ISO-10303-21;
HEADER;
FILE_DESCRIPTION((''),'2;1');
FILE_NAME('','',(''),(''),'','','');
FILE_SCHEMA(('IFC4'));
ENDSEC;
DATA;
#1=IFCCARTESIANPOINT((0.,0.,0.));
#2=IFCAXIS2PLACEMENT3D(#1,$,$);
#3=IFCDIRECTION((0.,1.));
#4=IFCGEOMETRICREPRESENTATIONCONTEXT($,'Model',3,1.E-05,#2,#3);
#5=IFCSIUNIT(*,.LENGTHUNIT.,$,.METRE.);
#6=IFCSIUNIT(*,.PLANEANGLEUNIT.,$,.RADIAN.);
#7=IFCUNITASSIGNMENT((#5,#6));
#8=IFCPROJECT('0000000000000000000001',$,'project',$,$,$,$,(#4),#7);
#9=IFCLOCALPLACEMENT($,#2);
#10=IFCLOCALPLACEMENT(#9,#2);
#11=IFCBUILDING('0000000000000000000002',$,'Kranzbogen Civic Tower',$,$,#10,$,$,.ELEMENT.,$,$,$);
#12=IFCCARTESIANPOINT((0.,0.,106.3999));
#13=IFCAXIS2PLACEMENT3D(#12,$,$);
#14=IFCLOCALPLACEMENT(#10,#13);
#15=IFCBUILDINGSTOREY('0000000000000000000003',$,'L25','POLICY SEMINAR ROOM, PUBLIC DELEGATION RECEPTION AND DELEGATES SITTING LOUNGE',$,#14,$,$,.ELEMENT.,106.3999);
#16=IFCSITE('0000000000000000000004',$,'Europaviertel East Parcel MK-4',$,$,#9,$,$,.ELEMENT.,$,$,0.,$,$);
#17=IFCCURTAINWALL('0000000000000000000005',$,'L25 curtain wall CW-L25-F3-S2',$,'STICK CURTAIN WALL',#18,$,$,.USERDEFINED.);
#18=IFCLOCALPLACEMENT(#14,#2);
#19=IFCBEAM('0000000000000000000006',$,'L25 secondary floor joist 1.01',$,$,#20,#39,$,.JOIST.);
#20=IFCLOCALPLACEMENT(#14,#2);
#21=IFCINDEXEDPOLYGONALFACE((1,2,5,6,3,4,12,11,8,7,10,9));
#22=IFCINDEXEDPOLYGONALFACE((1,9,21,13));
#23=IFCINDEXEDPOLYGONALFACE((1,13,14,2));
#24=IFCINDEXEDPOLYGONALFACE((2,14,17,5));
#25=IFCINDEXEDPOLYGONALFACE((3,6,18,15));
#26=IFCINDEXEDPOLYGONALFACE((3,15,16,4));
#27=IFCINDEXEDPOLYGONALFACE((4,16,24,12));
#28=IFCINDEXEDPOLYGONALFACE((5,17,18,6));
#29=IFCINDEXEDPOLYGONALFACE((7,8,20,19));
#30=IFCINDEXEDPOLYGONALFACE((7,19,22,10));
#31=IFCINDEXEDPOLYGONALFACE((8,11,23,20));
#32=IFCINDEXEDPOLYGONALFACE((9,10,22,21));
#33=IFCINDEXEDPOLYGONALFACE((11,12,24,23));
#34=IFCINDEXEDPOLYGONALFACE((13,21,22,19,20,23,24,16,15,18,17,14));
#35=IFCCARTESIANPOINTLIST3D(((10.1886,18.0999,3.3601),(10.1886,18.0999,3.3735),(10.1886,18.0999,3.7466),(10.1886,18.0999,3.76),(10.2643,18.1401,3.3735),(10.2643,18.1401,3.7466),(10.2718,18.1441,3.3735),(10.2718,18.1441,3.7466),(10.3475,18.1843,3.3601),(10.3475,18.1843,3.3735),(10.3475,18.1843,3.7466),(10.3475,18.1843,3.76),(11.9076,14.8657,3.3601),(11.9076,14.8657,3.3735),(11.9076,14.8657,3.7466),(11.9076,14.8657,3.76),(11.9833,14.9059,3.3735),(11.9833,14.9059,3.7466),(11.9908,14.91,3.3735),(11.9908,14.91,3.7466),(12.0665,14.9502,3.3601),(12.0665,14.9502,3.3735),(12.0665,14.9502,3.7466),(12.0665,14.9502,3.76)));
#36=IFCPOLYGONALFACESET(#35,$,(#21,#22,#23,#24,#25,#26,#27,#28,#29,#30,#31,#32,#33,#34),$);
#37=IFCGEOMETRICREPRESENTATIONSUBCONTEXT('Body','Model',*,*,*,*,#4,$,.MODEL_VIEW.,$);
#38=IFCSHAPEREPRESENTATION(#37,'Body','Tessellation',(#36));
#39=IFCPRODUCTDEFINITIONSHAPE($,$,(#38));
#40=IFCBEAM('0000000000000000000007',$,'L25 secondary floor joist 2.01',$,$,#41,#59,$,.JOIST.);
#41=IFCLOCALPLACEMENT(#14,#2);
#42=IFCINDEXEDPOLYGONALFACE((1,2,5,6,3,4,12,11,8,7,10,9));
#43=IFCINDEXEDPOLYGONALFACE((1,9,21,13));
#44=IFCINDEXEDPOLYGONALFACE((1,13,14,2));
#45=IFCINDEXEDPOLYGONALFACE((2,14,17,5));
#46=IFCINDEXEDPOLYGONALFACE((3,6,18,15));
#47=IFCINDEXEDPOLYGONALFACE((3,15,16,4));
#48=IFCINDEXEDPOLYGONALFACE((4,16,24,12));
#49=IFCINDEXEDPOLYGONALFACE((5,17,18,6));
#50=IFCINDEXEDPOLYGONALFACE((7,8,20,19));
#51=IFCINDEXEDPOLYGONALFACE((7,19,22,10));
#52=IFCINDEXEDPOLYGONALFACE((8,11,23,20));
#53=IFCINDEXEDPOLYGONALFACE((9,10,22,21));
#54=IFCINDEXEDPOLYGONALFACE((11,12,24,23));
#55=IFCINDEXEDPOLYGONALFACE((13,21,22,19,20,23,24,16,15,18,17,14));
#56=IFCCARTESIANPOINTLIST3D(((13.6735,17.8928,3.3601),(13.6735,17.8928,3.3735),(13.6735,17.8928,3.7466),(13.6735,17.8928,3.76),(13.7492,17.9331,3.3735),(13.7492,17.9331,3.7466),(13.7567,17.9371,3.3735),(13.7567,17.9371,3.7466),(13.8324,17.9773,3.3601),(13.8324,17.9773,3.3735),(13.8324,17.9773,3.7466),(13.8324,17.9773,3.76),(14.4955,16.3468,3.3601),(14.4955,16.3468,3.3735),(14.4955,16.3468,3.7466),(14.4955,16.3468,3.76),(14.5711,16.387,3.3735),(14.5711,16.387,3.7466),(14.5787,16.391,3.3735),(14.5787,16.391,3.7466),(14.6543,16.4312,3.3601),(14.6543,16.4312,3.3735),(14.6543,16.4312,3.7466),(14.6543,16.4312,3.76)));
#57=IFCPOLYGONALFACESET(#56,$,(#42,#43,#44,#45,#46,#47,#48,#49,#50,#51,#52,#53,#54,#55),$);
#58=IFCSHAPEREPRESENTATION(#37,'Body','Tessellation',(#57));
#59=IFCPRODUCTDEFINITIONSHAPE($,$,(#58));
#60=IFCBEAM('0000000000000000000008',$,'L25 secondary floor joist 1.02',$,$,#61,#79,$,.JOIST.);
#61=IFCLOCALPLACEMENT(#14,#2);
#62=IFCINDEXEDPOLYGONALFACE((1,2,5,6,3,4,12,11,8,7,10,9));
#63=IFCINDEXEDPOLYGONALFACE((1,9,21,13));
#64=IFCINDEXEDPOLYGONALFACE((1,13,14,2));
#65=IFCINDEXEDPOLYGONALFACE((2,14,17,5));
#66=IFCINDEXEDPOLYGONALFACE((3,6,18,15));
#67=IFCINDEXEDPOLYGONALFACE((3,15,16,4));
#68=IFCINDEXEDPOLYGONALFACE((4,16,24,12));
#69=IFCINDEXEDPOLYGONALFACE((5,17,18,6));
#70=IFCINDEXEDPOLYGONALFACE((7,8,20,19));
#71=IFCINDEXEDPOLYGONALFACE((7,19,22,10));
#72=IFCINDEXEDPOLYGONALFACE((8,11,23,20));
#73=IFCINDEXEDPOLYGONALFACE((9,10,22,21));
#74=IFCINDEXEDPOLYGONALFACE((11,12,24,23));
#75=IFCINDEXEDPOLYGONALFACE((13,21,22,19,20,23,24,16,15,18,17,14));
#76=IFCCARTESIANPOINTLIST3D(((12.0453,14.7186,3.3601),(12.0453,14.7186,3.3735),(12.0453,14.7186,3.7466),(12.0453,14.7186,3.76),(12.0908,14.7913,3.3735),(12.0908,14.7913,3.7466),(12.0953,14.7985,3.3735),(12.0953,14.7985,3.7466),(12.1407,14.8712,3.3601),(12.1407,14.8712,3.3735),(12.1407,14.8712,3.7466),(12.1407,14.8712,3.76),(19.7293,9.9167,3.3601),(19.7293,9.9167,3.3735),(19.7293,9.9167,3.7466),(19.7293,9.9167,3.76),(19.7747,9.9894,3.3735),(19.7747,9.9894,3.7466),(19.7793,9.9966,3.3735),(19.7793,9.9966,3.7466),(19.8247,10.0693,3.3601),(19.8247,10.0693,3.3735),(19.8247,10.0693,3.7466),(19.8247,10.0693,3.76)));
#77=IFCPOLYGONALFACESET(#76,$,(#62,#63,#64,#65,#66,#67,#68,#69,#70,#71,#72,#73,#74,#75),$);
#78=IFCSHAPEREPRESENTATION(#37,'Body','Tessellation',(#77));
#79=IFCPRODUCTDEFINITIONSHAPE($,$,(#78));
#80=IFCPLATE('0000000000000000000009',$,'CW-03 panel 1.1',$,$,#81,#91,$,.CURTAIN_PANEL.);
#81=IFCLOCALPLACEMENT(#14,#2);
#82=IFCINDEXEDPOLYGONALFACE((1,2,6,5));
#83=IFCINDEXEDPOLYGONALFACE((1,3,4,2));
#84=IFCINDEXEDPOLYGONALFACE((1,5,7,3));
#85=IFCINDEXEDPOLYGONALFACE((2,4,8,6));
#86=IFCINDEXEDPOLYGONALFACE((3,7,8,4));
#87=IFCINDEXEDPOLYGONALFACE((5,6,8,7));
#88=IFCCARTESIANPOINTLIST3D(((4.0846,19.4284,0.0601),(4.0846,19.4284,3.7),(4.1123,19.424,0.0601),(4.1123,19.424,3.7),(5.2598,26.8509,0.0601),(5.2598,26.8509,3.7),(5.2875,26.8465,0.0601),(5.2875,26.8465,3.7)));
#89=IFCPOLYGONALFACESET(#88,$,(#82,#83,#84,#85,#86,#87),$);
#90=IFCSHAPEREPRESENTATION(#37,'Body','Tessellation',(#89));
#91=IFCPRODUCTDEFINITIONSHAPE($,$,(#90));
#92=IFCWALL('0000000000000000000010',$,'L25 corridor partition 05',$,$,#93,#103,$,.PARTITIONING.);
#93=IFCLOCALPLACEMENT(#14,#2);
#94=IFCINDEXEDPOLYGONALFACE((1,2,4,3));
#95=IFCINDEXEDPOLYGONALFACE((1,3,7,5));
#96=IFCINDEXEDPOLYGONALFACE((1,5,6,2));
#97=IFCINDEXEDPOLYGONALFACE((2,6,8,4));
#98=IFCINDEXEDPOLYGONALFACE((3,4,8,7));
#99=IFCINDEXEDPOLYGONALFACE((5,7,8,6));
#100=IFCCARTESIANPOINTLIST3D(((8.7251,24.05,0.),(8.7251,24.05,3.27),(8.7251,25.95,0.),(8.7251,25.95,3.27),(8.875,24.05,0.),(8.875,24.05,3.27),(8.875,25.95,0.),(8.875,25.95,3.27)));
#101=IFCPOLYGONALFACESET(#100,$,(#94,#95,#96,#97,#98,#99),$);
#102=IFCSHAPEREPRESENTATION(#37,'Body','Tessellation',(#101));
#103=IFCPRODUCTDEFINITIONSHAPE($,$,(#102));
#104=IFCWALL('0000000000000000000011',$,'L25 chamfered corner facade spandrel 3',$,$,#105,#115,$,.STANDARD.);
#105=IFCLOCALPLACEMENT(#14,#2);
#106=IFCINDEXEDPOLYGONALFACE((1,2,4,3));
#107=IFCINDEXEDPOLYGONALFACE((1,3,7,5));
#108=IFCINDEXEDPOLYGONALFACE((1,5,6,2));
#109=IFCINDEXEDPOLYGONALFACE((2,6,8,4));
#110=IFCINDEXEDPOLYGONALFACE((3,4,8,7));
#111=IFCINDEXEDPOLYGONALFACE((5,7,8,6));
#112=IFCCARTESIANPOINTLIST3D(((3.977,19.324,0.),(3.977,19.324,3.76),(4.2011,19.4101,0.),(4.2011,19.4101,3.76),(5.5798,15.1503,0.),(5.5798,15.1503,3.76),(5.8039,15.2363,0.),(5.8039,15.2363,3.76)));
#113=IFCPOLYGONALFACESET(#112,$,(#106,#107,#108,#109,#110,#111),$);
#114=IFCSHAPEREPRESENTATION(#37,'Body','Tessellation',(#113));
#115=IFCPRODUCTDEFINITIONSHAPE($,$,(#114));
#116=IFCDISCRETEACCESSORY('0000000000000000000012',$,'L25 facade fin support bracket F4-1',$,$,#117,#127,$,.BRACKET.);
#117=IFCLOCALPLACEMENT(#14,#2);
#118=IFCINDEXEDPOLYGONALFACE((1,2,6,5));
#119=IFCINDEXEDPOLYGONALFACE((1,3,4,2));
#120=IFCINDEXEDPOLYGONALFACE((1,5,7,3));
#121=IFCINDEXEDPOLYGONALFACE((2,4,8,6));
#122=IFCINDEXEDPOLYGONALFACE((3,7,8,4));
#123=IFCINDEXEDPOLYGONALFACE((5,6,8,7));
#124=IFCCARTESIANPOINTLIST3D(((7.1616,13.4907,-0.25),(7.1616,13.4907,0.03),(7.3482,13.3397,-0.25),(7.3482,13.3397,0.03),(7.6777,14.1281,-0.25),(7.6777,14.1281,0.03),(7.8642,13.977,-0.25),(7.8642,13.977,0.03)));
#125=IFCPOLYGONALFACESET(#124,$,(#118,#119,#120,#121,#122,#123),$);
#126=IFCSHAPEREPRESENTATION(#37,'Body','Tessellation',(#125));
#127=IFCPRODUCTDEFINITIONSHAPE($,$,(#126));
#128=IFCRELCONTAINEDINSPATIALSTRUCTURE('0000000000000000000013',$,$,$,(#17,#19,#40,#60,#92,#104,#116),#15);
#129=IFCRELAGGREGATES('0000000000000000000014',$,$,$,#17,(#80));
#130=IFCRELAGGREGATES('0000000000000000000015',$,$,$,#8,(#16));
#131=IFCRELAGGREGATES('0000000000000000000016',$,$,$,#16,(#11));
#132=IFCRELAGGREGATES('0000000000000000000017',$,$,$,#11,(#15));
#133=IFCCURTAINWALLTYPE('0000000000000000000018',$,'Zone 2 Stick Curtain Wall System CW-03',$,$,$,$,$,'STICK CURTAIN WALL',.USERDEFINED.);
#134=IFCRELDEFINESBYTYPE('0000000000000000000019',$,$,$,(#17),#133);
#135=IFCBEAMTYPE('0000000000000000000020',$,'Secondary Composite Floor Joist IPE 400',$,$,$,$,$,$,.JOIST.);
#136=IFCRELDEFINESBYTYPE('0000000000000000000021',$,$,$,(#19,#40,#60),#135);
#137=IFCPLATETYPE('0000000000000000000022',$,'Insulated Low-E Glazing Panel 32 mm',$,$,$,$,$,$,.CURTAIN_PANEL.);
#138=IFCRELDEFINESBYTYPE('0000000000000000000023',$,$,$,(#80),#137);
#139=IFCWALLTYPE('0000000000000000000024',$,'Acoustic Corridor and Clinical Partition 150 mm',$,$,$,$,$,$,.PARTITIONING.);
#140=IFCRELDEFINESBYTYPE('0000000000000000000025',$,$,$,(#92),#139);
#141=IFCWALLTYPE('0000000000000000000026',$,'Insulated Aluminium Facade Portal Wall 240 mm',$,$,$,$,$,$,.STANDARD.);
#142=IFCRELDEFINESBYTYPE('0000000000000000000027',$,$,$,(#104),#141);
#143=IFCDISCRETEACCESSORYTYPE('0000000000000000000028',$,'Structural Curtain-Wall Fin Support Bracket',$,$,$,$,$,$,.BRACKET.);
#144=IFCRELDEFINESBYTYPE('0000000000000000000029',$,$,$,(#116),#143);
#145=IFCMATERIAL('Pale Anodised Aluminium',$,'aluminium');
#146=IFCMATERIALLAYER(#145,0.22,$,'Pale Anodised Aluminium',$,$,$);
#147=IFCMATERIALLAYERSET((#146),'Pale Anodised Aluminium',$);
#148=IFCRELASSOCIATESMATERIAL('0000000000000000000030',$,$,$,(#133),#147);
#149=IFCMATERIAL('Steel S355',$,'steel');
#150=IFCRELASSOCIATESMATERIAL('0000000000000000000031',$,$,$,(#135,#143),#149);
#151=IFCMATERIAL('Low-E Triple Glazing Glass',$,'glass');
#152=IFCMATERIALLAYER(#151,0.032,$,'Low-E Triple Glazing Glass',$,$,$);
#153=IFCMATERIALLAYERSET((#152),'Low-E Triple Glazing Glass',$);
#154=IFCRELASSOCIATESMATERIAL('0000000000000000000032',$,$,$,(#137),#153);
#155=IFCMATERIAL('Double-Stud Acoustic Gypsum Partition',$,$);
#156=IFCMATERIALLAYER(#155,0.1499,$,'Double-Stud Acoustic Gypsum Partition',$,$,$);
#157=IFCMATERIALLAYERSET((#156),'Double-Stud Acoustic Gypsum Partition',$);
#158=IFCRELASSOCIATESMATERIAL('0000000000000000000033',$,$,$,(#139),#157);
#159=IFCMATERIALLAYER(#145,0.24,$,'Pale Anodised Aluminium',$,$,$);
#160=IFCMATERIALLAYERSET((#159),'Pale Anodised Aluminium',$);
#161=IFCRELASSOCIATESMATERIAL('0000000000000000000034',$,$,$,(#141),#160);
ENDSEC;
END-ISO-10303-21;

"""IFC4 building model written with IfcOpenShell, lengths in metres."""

from ifc_helpers import new_model, si_unit, direction, frame, frame_2d, origin, origin_2d, place, context, subcontext, project, spatial, rectangle, i_section, extrude, material, layer, layer_set, material_profile, profile_set, type_object, element, aggregate, save


model = new_model("IFC4")

# Units and contexts
model_context = context("Model", 3, precision=1e-05, world=origin(), true_north=direction((0.0, 1.0)))
body_context = subcontext(model_context, "Body", "Model", "MODEL_VIEW")
ifc_project = project(units=[si_unit("LENGTHUNIT", "METRE"), si_unit("PLANEANGLEUNIT", "RADIAN")], contexts=[model_context])

# Site, building, storey
site_placement = place(None, origin())
site = spatial("IfcSite", under=ifc_project, at=site_placement, Name="Europaviertel East Parcel MK-4", CompositionType="ELEMENT", RefElevation=0.0)
building_placement = place(site_placement, origin())
building = spatial("IfcBuilding", under=site, at=building_placement, Name="Kranzbogen Civic Tower", CompositionType="ELEMENT")
storey_placement = place(building_placement, frame((0.0, 0.0, 106.3999)))
storey = spatial("IfcBuildingStorey", under=building, at=storey_placement, Name="L25", Description="POLICY SEMINAR ROOM, PUBLIC DELEGATION RECEPTION AND DELEGATES SITTING LOUNGE", CompositionType="ELEMENT", Elevation=106.3999)

# Curtain wall
ifc_material_1 = material(Name="Pale Anodised Aluminium", Category="aluminium")
ifc_layer_1 = layer(ifc_material_1, 0.22, Name="Pale Anodised Aluminium")
ifc_layer_set_1 = layer_set([ifc_layer_1], Name="Pale Anodised Aluminium")
curtain_wall_type = type_object("IfcCurtainWallType", Name="Zone 2 Stick Curtain Wall System CW-03", ElementType="STICK CURTAIN WALL", PredefinedType="USERDEFINED", material=ifc_layer_set_1)
curtain_wall_1_placement = place(storey_placement, origin())
curtain_wall_1 = element("IfcCurtainWall", 1, at=curtain_wall_1_placement, inside=storey, type_object=curtain_wall_type, Name="L25 curtain wall CW-L25-F3-S2", ObjectType="STICK CURTAIN WALL", PredefinedType="USERDEFINED")

# Beams
ifc_material_2 = material(Name="Steel S355", Category="steel")
ifc_material_profile_1 = material_profile(ifc_material_2, i_section(OverallWidth=0.1799, OverallDepth=0.3999, WebThickness=0.0085, FlangeThickness=0.0134, at=origin_2d()), Name="IPE 400")
ifc_profile_set_1 = profile_set([ifc_material_profile_1], Name="Steel S355")
beam_type_1 = type_object("IfcBeamType", Name="Secondary Composite Floor Joist IPE 400", PredefinedType="JOIST", material=ifc_profile_set_1)
beam_1_placement = place(storey_placement, frame((10.2681, 18.1421, 3.5601), z_axis=(0.469339, -0.883018, 0.0), x_axis=(0.883018, 0.469339, 0.0)))
element("IfcBeam", 2, at=beam_1_placement, inside=storey, type_object=beam_type_1, Name="L25 secondary floor joist 1.01", PredefinedType="JOIST", context=body_context, shape_type="SweptSolid", body=[
    extrude(i_section(OverallWidth=0.1799, OverallDepth=0.3999, WebThickness=0.0085, FlangeThickness=0.0134, at=origin_2d()), origin(), (0.0, 0.0, 1.0), 3.6626),
])
beam_2_placement = place(storey_placement, frame((13.7529, 17.9351, 3.5601), z_axis=(0.469437, -0.882966, 0.0), x_axis=(0.882966, 0.469437, 0.0)))
element("IfcBeam", 3, at=beam_2_placement, inside=storey, type_object=beam_type_1, Name="L25 secondary floor joist 2.01", PredefinedType="JOIST", context=body_context, shape_type="SweptSolid", body=[
    extrude(i_section(OverallWidth=0.1799, OverallDepth=0.3999, WebThickness=0.0085, FlangeThickness=0.0134, at=origin_2d()), origin(), (0.0, 0.0, 1.0), 1.751),
])
beam_3_placement = place(storey_placement, frame((12.093, 14.7949, 3.5601), z_axis=(0.848026, -0.529955, 0.0), x_axis=(0.529955, 0.848026, 0.0)))
element("IfcBeam", 4, at=beam_3_placement, inside=storey, type_object=beam_type_1, Name="L25 secondary floor joist 1.02", PredefinedType="JOIST", context=body_context, shape_type="SweptSolid", body=[
    extrude(i_section(OverallWidth=0.1799, OverallDepth=0.3999, WebThickness=0.0085, FlangeThickness=0.0134, at=origin_2d()), origin(), (0.0, 0.0, 1.0), 9.061),
])

# Plate
ifc_material_3 = material(Name="Low-E Triple Glazing Glass", Category="glass")
ifc_layer_2 = layer(ifc_material_3, 0.032, Name="Low-E Triple Glazing Glass")
ifc_layer_set_2 = layer_set([ifc_layer_2], Name="Low-E Triple Glazing Glass")
plate_type = type_object("IfcPlateType", Name="Insulated Low-E Glazing Panel 32 mm", PredefinedType="CURTAIN_PANEL", material=ifc_layer_set_2)
plate_placement = place(storey_placement, frame((4.686, 23.1375, 0.0601), z_axis=(0.0, 0.0, 1.0), x_axis=(-0.156386, -0.987696, 0.0)))
plate = element("IfcPlate", 5, at=plate_placement, type_object=plate_type, Name="CW-03 panel 1.1", PredefinedType="CURTAIN_PANEL", context=body_context, shape_type="SweptSolid", body=[
    extrude(rectangle(XDim=7.5149, YDim=0.0281, at=origin_2d()), origin(), (0.0, 0.0, 1.0), 3.6399),
])
aggregate(curtain_wall_1, [plate])

# Walls
ifc_material_4 = material(Name="Double-Stud Acoustic Gypsum Partition")
ifc_layer_3 = layer(ifc_material_4, 0.1499, Name="Double-Stud Acoustic Gypsum Partition")
ifc_layer_set_3 = layer_set([ifc_layer_3], Name="Double-Stud Acoustic Gypsum Partition")
wall_type_1 = type_object("IfcWallType", Name="Acoustic Corridor and Clinical Partition 150 mm", PredefinedType="PARTITIONING", material=ifc_layer_set_3)
wall_1_placement = place(storey_placement, frame((8.8, 24.05, 0.0), z_axis=(0.0, 0.0, 1.0), x_axis=(0.0, 1.0, 0.0)))
element("IfcWall", 6, at=wall_1_placement, inside=storey, type_object=wall_type_1, Name="L25 corridor partition 05", PredefinedType="PARTITIONING", context=body_context, shape_type="SweptSolid", body=[
    extrude(rectangle(XDim=1.8999, YDim=0.1499, at=frame_2d((0.95, 0.0))), origin(), (0.0, 0.0, 1.0), 3.27),
])
ifc_layer_4 = layer(ifc_material_1, 0.24, Name="Pale Anodised Aluminium")
ifc_layer_set_4 = layer_set([ifc_layer_4], Name="Pale Anodised Aluminium")
wall_type_2 = type_object("IfcWallType", Name="Insulated Aluminium Facade Portal Wall 240 mm", PredefinedType="STANDARD", material=ifc_layer_set_4)
wall_2_placement = place(storey_placement, frame((4.0891, 19.3669, 0.0), z_axis=(0.0, 0.0, 1.0), x_axis=(0.358485, -0.933535, 0.0)))
element("IfcWall", 7, at=wall_2_placement, inside=storey, type_object=wall_type_2, Name="L25 chamfered corner facade spandrel 3", PredefinedType="STANDARD", context=body_context, shape_type="SweptSolid", body=[
    extrude(rectangle(XDim=4.4709, YDim=0.24, at=frame_2d((2.2354, 0.0))), origin(), (0.0, 0.0, 1.0), 3.76),
])

# Discrete accessory
discrete_accessory_type = type_object("IfcDiscreteAccessoryType", Name="Structural Curtain-Wall Fin Support Bracket", PredefinedType="BRACKET", material=ifc_material_2)
discrete_accessory_placement = place(storey_placement, frame((7.5129, 13.7339, -0.25), z_axis=(0.0, 0.0, 1.0), x_axis=(-0.62932, -0.777146, 0.0)))
element("IfcDiscreteAccessory", 8, at=discrete_accessory_placement, inside=storey, type_object=discrete_accessory_type, Name="L25 facade fin support bracket F4-1", PredefinedType="BRACKET", context=body_context, shape_type="SweptSolid", body=[
    extrude(rectangle(XDim=0.8201, YDim=0.24, at=origin_2d()), origin(), (0.0, 0.0, 1.0), 0.28),
])

save(model, "model.ifc")
